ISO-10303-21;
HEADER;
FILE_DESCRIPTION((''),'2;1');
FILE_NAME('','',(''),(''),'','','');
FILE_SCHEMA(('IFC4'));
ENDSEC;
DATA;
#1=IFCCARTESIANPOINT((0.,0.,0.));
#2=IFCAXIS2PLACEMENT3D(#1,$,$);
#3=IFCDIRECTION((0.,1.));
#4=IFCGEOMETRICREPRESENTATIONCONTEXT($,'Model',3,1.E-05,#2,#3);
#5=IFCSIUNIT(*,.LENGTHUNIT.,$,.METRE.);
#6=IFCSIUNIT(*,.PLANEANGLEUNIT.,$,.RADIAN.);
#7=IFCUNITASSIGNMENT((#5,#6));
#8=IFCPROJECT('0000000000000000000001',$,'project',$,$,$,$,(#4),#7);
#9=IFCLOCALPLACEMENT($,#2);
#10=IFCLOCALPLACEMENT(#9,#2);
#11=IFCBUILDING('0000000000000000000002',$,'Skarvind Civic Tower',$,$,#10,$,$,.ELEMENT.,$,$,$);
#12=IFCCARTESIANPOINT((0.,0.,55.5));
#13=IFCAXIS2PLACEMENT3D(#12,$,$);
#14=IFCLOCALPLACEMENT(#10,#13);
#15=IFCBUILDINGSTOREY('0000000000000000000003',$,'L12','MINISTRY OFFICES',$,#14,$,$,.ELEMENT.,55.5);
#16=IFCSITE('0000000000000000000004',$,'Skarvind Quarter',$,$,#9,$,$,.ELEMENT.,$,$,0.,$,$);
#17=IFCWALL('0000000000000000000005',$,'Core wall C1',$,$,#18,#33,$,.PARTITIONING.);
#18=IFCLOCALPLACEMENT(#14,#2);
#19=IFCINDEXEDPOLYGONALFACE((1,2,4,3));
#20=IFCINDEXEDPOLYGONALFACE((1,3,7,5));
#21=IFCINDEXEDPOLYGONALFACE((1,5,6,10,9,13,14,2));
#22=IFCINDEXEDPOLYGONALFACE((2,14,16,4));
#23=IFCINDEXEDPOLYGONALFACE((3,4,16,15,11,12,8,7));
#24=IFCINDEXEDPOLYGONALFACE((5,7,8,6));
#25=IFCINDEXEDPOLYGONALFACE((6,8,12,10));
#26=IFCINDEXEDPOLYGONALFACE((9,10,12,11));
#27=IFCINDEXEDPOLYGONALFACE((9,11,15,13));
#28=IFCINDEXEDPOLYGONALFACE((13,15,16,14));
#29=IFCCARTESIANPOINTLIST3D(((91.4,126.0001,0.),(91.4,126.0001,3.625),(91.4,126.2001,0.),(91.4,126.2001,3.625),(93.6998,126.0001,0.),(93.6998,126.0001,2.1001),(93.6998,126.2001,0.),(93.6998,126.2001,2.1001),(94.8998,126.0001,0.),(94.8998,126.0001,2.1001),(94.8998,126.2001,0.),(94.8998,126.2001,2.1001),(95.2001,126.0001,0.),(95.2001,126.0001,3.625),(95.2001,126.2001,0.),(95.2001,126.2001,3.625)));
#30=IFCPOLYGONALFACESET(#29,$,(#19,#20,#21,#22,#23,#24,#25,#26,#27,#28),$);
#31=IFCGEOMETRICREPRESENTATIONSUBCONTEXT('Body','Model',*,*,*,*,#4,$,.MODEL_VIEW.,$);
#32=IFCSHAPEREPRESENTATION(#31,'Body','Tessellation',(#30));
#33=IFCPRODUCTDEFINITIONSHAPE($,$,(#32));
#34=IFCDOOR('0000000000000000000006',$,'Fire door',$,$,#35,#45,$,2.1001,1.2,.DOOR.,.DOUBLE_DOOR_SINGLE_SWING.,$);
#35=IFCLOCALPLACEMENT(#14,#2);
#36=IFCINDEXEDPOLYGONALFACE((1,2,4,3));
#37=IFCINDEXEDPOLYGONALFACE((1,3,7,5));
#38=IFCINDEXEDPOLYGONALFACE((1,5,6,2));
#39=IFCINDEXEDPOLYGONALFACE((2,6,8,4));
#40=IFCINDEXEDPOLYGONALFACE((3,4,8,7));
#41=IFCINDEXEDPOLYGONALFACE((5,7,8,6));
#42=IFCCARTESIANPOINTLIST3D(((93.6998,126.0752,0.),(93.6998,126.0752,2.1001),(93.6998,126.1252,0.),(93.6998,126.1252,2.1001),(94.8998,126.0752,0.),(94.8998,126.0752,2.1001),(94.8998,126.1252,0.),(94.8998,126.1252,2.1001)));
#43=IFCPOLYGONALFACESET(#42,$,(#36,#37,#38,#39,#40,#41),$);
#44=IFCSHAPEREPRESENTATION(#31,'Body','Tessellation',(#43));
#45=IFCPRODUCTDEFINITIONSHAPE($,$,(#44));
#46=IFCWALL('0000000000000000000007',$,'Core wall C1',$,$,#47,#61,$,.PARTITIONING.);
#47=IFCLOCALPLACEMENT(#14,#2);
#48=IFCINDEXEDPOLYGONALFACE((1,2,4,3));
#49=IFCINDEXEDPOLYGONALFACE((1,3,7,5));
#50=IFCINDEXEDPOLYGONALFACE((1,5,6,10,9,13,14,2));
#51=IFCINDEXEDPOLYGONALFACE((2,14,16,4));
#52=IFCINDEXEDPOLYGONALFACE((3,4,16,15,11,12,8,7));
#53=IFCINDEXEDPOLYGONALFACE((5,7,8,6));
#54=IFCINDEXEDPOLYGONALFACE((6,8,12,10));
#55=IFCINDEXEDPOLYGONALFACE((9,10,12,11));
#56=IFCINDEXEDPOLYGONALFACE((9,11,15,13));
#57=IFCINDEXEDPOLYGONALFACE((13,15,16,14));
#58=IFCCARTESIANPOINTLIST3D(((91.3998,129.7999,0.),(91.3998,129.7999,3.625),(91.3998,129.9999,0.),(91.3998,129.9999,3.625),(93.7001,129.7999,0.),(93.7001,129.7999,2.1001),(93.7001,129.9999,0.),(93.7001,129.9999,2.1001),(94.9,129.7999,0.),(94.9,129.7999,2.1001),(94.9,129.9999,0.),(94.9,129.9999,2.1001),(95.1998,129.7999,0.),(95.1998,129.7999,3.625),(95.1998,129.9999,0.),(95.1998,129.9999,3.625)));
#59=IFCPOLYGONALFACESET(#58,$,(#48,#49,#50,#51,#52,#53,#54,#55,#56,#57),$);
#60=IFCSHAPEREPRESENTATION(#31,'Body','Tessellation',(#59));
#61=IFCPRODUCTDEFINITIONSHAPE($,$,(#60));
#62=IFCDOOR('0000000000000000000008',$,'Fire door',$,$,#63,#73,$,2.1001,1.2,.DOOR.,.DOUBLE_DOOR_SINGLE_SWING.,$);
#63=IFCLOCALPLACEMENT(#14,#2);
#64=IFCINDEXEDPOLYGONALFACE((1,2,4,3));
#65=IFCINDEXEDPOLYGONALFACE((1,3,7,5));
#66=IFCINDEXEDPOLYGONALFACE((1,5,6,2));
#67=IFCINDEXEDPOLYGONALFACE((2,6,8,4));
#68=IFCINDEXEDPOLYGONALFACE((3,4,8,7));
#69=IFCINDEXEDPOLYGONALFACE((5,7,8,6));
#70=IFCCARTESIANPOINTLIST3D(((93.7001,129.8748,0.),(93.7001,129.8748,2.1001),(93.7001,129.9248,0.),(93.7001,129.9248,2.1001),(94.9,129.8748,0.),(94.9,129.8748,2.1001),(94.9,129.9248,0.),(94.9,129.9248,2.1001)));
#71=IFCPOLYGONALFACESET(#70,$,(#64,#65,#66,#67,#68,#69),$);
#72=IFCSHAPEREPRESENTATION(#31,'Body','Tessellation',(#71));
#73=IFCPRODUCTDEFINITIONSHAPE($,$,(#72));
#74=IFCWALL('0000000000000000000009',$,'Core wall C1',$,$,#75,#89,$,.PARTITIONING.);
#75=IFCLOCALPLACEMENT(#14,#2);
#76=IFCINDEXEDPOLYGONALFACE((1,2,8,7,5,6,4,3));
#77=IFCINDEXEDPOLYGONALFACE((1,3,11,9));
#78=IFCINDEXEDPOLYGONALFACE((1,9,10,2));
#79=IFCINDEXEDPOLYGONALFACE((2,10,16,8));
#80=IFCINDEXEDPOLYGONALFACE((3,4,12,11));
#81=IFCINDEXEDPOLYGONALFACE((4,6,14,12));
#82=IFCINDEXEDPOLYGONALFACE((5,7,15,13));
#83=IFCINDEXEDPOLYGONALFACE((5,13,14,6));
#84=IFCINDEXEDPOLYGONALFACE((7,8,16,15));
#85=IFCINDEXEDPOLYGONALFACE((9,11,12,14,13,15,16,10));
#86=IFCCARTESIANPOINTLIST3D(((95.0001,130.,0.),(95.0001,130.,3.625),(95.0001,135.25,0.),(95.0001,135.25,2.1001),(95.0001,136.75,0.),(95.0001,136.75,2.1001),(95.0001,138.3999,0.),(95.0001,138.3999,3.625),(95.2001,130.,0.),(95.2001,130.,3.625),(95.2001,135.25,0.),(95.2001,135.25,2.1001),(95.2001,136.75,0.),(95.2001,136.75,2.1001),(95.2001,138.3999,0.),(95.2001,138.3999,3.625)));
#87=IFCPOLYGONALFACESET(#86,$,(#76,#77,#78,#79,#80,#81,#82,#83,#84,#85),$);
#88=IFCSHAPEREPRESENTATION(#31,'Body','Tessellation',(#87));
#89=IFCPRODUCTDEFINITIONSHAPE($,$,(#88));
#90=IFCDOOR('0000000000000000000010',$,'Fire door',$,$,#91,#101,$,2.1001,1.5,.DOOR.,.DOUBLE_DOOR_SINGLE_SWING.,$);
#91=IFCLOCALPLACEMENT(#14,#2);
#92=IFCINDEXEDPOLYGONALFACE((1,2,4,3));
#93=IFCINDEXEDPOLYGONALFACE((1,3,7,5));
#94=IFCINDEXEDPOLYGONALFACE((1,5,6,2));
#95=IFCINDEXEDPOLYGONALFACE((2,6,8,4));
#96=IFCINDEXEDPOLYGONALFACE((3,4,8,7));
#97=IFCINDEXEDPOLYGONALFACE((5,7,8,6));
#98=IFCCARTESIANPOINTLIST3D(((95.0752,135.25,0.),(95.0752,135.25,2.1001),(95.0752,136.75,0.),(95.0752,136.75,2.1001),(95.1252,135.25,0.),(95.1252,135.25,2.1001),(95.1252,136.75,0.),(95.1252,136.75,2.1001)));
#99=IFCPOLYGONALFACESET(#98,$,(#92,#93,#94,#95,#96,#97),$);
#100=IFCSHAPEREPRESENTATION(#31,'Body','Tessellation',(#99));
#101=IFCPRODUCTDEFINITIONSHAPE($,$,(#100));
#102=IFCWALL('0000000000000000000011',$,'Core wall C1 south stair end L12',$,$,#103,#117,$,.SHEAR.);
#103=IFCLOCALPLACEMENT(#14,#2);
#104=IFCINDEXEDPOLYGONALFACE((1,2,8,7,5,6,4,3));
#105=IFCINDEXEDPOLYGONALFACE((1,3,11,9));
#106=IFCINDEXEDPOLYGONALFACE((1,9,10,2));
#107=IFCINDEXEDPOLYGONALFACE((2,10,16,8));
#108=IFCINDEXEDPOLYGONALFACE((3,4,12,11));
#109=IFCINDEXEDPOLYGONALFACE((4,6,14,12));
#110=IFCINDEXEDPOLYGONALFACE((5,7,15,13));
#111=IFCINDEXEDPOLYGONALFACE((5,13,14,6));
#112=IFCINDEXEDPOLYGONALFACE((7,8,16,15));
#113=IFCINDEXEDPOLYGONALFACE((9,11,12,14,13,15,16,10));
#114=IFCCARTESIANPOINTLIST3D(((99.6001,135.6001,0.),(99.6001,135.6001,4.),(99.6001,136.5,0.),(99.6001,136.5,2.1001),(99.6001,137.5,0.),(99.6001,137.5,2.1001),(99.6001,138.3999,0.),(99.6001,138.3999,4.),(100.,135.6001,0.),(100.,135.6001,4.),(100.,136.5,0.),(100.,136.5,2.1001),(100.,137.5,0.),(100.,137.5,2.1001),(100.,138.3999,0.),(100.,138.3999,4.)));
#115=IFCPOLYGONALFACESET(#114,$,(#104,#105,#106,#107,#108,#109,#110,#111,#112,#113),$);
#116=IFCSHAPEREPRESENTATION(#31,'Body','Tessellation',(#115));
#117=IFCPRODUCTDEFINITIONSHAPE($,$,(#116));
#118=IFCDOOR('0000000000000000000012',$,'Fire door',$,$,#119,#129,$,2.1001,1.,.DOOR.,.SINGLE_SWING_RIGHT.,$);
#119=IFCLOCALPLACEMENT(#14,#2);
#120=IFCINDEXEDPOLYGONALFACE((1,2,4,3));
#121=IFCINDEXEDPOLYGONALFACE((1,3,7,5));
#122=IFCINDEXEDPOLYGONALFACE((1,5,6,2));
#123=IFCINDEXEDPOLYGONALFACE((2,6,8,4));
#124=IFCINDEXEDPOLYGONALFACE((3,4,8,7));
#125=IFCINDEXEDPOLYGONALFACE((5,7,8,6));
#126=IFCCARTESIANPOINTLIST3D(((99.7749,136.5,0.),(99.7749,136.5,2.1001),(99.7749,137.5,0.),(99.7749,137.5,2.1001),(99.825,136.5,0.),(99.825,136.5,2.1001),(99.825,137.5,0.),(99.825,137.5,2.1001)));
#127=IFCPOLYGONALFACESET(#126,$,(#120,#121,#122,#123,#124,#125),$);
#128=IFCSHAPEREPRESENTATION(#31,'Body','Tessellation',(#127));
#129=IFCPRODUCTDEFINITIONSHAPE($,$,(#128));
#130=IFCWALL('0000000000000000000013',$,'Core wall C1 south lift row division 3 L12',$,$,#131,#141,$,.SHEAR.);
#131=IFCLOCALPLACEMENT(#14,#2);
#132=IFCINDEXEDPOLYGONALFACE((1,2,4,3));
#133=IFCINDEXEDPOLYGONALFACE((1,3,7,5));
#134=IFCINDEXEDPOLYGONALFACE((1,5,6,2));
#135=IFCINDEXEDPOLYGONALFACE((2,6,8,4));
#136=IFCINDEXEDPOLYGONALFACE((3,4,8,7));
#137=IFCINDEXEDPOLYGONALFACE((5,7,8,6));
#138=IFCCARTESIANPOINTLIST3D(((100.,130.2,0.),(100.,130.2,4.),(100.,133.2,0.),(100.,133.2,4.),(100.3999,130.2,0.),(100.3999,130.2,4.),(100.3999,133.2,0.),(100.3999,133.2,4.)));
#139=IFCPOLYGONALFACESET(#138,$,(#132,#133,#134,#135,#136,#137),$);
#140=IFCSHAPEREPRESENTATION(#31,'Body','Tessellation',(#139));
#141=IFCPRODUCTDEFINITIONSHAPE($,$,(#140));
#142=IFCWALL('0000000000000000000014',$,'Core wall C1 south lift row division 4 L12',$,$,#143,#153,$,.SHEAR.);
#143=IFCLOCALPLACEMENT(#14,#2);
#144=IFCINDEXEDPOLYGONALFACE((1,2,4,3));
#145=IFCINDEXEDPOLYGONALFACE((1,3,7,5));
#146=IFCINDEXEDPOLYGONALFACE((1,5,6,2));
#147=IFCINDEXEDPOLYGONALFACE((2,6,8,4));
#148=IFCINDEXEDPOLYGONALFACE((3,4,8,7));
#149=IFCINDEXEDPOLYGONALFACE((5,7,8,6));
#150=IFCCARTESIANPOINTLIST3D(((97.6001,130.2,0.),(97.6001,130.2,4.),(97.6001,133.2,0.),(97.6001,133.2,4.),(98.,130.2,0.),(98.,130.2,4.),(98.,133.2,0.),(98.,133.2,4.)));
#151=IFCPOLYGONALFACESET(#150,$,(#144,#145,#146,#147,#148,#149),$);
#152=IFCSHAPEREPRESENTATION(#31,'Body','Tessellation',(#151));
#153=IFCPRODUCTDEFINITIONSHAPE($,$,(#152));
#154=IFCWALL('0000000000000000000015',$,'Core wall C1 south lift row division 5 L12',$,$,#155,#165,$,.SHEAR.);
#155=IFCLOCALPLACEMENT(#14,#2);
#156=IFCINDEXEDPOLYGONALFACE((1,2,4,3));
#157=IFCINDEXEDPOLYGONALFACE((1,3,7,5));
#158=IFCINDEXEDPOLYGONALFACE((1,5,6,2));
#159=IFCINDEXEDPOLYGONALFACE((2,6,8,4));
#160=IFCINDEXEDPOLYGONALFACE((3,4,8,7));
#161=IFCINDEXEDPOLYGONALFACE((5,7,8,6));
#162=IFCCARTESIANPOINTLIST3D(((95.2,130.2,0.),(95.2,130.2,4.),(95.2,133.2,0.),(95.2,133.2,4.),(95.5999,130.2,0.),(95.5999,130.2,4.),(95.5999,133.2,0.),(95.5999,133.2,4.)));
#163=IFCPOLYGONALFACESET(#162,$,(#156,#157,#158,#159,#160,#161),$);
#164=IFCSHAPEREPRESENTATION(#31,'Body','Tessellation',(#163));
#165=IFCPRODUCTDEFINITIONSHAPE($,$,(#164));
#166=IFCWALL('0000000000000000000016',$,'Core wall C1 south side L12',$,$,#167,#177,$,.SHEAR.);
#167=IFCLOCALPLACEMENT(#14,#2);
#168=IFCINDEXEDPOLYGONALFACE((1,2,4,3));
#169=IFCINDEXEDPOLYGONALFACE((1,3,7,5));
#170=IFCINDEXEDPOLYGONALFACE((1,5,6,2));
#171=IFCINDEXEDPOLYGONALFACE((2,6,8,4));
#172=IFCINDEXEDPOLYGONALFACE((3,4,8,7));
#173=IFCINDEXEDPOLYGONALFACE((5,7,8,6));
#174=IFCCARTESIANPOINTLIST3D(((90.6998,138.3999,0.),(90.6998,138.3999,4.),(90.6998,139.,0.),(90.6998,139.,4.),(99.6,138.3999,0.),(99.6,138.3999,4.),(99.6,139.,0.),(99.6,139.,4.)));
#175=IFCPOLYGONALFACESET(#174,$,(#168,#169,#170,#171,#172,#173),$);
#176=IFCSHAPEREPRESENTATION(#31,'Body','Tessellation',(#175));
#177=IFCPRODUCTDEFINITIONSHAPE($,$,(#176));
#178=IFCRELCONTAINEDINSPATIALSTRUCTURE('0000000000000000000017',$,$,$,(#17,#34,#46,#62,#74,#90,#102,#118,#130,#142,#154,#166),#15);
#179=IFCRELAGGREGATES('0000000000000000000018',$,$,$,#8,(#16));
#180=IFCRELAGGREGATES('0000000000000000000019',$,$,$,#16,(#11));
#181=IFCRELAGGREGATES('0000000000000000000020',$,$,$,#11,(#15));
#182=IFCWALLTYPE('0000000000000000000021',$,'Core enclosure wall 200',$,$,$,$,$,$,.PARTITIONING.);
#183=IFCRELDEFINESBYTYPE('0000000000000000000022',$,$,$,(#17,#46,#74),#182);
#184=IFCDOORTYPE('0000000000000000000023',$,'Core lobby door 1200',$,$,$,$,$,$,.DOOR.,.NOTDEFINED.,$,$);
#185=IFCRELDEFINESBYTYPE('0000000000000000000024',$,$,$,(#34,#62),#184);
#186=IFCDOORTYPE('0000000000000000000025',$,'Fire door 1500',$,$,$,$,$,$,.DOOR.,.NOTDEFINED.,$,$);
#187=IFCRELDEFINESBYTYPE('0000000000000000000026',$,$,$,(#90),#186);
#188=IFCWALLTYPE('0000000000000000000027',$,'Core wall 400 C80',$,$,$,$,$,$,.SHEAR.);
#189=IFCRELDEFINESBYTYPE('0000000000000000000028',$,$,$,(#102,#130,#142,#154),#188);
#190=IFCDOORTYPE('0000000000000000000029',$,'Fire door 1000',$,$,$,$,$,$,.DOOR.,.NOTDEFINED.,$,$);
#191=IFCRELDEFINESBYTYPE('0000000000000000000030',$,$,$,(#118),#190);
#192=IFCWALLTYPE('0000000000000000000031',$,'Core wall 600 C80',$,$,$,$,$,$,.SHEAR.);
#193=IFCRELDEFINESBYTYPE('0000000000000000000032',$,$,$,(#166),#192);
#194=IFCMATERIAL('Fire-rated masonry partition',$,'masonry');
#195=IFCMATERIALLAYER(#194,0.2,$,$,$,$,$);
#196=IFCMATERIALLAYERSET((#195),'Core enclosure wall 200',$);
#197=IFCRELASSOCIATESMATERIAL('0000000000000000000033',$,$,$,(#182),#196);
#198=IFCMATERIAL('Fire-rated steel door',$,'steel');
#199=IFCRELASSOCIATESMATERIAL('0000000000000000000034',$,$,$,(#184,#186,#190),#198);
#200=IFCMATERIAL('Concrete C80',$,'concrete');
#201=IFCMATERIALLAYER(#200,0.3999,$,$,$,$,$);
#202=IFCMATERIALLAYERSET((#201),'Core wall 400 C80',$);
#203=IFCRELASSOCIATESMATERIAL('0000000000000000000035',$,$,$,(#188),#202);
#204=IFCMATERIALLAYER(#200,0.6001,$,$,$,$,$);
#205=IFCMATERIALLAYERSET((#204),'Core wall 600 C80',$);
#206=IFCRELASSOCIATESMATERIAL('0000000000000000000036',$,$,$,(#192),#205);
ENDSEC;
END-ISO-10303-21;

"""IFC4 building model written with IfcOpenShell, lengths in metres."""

from ifc_helpers import new_model, si_unit, direction, frame, frame_2d, origin, place, context, subcontext, project, spatial, rectangle, extrude, material, layer, layer_set, type_object, element, fill, save


model = new_model("IFC4")

# Units and contexts
model_context = context("Model", 3, precision=1e-05, world=origin(), true_north=direction((0.0, 1.0)))
body_context = subcontext(model_context, "Body", "Model", "MODEL_VIEW")
ifc_project = project(units=[si_unit("LENGTHUNIT", "METRE"), si_unit("PLANEANGLEUNIT", "RADIAN")], contexts=[model_context])

# Site, building, storey
site_placement = place(None, origin())
site = spatial("IfcSite", under=ifc_project, at=site_placement, Name="Skarvind Quarter", CompositionType="ELEMENT", RefElevation=0.0)
building_placement = place(site_placement, origin())
building = spatial("IfcBuilding", under=site, at=building_placement, Name="Skarvind Civic Tower", CompositionType="ELEMENT")
storey_placement = place(building_placement, frame((0.0, 0.0, 55.5)))
storey = spatial("IfcBuildingStorey", under=building, at=storey_placement, Name="L12", Description="MINISTRY OFFICES", CompositionType="ELEMENT", Elevation=55.5)

# Walls, openings, doors
ifc_material_1 = material(Name="Fire-rated masonry partition", Category="masonry")
ifc_layer_1 = layer(ifc_material_1, 0.2)
ifc_layer_set_1 = layer_set([ifc_layer_1], Name="Core enclosure wall 200")
wall_type_1 = type_object("IfcWallType", Name="Core enclosure wall 200", PredefinedType="PARTITIONING", material=ifc_layer_set_1)
wall_1_placement = place(storey_placement, frame((95.2, 126.1001, 0.0), z_axis=(0.0, 0.0, 1.0), x_axis=(-1.0, 0.0, 0.0)))
wall_1 = element("IfcWall", 1, at=wall_1_placement, inside=storey, type_object=wall_type_1, Name="Core wall C1", PredefinedType="PARTITIONING", context=body_context, shape_type="SweptSolid", body=[
    extrude(rectangle(XDim=3.8, YDim=0.2, at=frame_2d((1.8999, 0.0))), origin(), (0.0, 0.0, 1.0), 3.625),
])
opening_1_placement = place(wall_1_placement, frame((0.3, 0.0, 0.0)))
opening_1 = element("IfcOpeningElement", 2, at=opening_1_placement, cuts=wall_1, PredefinedType="OPENING", context=body_context, shape_type="SweptSolid", body=[
    extrude(rectangle(XDim=1.2, YDim=2.1001, at=frame_2d((0.6001, 1.05))), frame((0.0, 0.1099, 0.0), z_axis=(0.0, -1.0, 0.0), x_axis=(1.0, 0.0, 0.0)), (0.0, 0.0, 1.0), 0.22),
])
ifc_material_2 = material(Name="Fire-rated steel door", Category="steel")
door_type_1 = type_object("IfcDoorType", Name="Core lobby door 1200", OperationType="NOTDEFINED", PredefinedType="DOOR", material=ifc_material_2)
door_1_placement = place(opening_1_placement, origin())
door_1 = element("IfcDoor", 3, at=door_1_placement, inside=storey, type_object=door_type_1, Name="Fire door", OperationType="DOUBLE_DOOR_SINGLE_SWING", OverallHeight=2.1001, OverallWidth=1.2, PredefinedType="DOOR", context=body_context, shape_type="SweptSolid", body=[
    extrude(rectangle(XDim=1.2, YDim=2.1001, at=frame_2d((0.6001, 1.05))), frame((0.0, 0.0249, 0.0), z_axis=(0.0, -1.0, 0.0), x_axis=(1.0, 0.0, 0.0)), (0.0, 0.0, 1.0), 0.05),
])
fill(opening_1, door_1)
wall_2_placement = place(storey_placement, frame((91.3999, 129.8999, 0.0), z_axis=(0.0, 0.0, 1.0), x_axis=(1.0, 0.0, 0.0)))
wall_2 = element("IfcWall", 4, at=wall_2_placement, inside=storey, type_object=wall_type_1, Name="Core wall C1", PredefinedType="PARTITIONING", context=body_context, shape_type="SweptSolid", body=[
    extrude(rectangle(XDim=3.8, YDim=0.2, at=frame_2d((1.8999, 0.0))), origin(), (0.0, 0.0, 1.0), 3.625),
])
opening_2_placement = place(wall_2_placement, frame((2.3, 0.0, 0.0)))
opening_2 = element("IfcOpeningElement", 5, at=opening_2_placement, cuts=wall_2, PredefinedType="OPENING", context=body_context, shape_type="SweptSolid", body=[
    extrude(rectangle(XDim=1.2, YDim=2.1001, at=frame_2d((0.6001, 1.05))), frame((0.0, 0.1099, 0.0), z_axis=(0.0, -1.0, 0.0), x_axis=(1.0, 0.0, 0.0)), (0.0, 0.0, 1.0), 0.22),
])
door_2_placement = place(opening_2_placement, origin())
door_2 = element("IfcDoor", 6, at=door_2_placement, inside=storey, type_object=door_type_1, Name="Fire door", OperationType="DOUBLE_DOOR_SINGLE_SWING", OverallHeight=2.1001, OverallWidth=1.2, PredefinedType="DOOR", context=body_context, shape_type="SweptSolid", body=[
    extrude(rectangle(XDim=1.2, YDim=2.1001, at=frame_2d((0.6001, 1.05))), frame((0.0, 0.0249, 0.0), z_axis=(0.0, -1.0, 0.0), x_axis=(1.0, 0.0, 0.0)), (0.0, 0.0, 1.0), 0.05),
])
fill(opening_2, door_2)
wall_3_placement = place(storey_placement, frame((95.1001, 130.0, 0.0), z_axis=(0.0, 0.0, 1.0), x_axis=(0.0, 1.0, 0.0)))
wall_3 = element("IfcWall", 7, at=wall_3_placement, inside=storey, type_object=wall_type_1, Name="Core wall C1", PredefinedType="PARTITIONING", context=body_context, shape_type="SweptSolid", body=[
    extrude(rectangle(XDim=8.3999, YDim=0.2, at=frame_2d((4.2, 0.0))), origin(), (0.0, 0.0, 1.0), 3.625),
])
opening_3_placement = place(wall_3_placement, frame((5.25, 0.0, 0.0)))
opening_3 = element("IfcOpeningElement", 8, at=opening_3_placement, cuts=wall_3, PredefinedType="OPENING", context=body_context, shape_type="SweptSolid", body=[
    extrude(rectangle(XDim=1.5, YDim=2.1001, at=frame_2d((0.75, 1.05))), frame((0.0, 0.1099, 0.0), z_axis=(0.0, -1.0, 0.0), x_axis=(1.0, 0.0, 0.0)), (0.0, 0.0, 1.0), 0.22),
])
door_type_2 = type_object("IfcDoorType", Name="Fire door 1500", OperationType="NOTDEFINED", PredefinedType="DOOR", material=ifc_material_2)
door_3_placement = place(opening_3_placement, origin())
door_3 = element("IfcDoor", 9, at=door_3_placement, inside=storey, type_object=door_type_2, Name="Fire door", OperationType="DOUBLE_DOOR_SINGLE_SWING", OverallHeight=2.1001, OverallWidth=1.5, PredefinedType="DOOR", context=body_context, shape_type="SweptSolid", body=[
    extrude(rectangle(XDim=1.5, YDim=2.1001, at=frame_2d((0.75, 1.05))), frame((0.0, 0.0249, 0.0), z_axis=(0.0, -1.0, 0.0), x_axis=(1.0, 0.0, 0.0)), (0.0, 0.0, 1.0), 0.05),
])
fill(opening_3, door_3)
ifc_material_3 = material(Name="Concrete C80", Category="concrete")
ifc_layer_2 = layer(ifc_material_3, 0.3999)
ifc_layer_set_2 = layer_set([ifc_layer_2], Name="Core wall 400 C80")
wall_type_2 = type_object("IfcWallType", Name="Core wall 400 C80", PredefinedType="SHEAR", material=ifc_layer_set_2)
wall_4_placement = place(storey_placement, frame((99.8, 138.3999, 0.0), z_axis=(0.0, 0.0, 1.0), x_axis=(0.0, -1.0, 0.0)))
wall_4 = element("IfcWall", 10, at=wall_4_placement, inside=storey, type_object=wall_type_2, Name="Core wall C1 south stair end L12", PredefinedType="SHEAR", context=body_context, shape_type="SweptSolid", body=[
    extrude(rectangle(XDim=2.7998, YDim=0.3999, at=frame_2d((1.3999, 0.0))), origin(), (0.0, 0.0, 1.0), 4.0),
])
opening_4_placement = place(wall_4_placement, frame((0.8999, 0.0, 0.0)))
opening_4 = element("IfcOpeningElement", 11, at=opening_4_placement, cuts=wall_4, PredefinedType="OPENING", context=body_context, shape_type="SweptSolid", body=[
    extrude(rectangle(XDim=1.0, YDim=2.1001, at=frame_2d((0.5, 1.05))), frame((0.0, 0.21, 0.0), z_axis=(0.0, -1.0, 0.0), x_axis=(1.0, 0.0, 0.0)), (0.0, 0.0, 1.0), 0.4199),
])
door_type_3 = type_object("IfcDoorType", Name="Fire door 1000", OperationType="NOTDEFINED", PredefinedType="DOOR", material=ifc_material_2)
door_4_placement = place(opening_4_placement, origin())
door_4 = element("IfcDoor", 12, at=door_4_placement, inside=storey, type_object=door_type_3, Name="Fire door", OperationType="SINGLE_SWING_RIGHT", OverallHeight=2.1001, OverallWidth=1.0, PredefinedType="DOOR", context=body_context, shape_type="SweptSolid", body=[
    extrude(rectangle(XDim=1.0, YDim=2.1001, at=frame_2d((0.5, 1.05))), frame((0.0, 0.0249, 0.0), z_axis=(0.0, -1.0, 0.0), x_axis=(1.0, 0.0, 0.0)), (0.0, 0.0, 1.0), 0.05),
])
fill(opening_4, door_4)

# Walls
for number, where, z_axis, x_axis, name in (
    (13, (100.2, 133.2, 0.0), (0.0, 0.0, 1.0), (0.0, -1.0, 0.0), "Core wall C1 south lift row division 3 L12"),
    (14, (97.8, 133.2, 0.0), (0.0, 0.0, 1.0), (0.0, -1.0, 0.0), "Core wall C1 south lift row division 4 L12"),
    (15, (95.3999, 133.2, 0.0), (0.0, 0.0, 1.0), (0.0, -1.0, 0.0), "Core wall C1 south lift row division 5 L12"),
):
    element("IfcWall", number, at=place(storey_placement, frame(where, z_axis=z_axis, x_axis=x_axis)), inside=storey, type_object=wall_type_2, Name=name, PredefinedType="SHEAR", context=body_context, shape_type="SweptSolid", body=[
        extrude(rectangle(XDim=3.0, YDim=0.3999, at=frame_2d((1.5, 0.0))), origin(), (0.0, 0.0, 1.0), 4.0),
    ])
ifc_layer_3 = layer(ifc_material_3, 0.6001)
ifc_layer_set_3 = layer_set([ifc_layer_3], Name="Core wall 600 C80")
wall_type_3 = type_object("IfcWallType", Name="Core wall 600 C80", PredefinedType="SHEAR", material=ifc_layer_set_3)
wall_5_placement = place(storey_placement, frame((99.6001, 138.7, 0.0), z_axis=(0.0, 0.0, 1.0), x_axis=(-1.0, 0.0, 0.0)))
element("IfcWall", 16, at=wall_5_placement, inside=storey, type_object=wall_type_3, Name="Core wall C1 south side L12", PredefinedType="SHEAR", context=body_context, shape_type="SweptSolid", body=[
    extrude(rectangle(XDim=8.9001, YDim=0.6001, at=frame_2d((4.4502, 0.0))), origin(), (0.0, 0.0, 1.0), 4.0),
])

save(model, "model.ifc")
